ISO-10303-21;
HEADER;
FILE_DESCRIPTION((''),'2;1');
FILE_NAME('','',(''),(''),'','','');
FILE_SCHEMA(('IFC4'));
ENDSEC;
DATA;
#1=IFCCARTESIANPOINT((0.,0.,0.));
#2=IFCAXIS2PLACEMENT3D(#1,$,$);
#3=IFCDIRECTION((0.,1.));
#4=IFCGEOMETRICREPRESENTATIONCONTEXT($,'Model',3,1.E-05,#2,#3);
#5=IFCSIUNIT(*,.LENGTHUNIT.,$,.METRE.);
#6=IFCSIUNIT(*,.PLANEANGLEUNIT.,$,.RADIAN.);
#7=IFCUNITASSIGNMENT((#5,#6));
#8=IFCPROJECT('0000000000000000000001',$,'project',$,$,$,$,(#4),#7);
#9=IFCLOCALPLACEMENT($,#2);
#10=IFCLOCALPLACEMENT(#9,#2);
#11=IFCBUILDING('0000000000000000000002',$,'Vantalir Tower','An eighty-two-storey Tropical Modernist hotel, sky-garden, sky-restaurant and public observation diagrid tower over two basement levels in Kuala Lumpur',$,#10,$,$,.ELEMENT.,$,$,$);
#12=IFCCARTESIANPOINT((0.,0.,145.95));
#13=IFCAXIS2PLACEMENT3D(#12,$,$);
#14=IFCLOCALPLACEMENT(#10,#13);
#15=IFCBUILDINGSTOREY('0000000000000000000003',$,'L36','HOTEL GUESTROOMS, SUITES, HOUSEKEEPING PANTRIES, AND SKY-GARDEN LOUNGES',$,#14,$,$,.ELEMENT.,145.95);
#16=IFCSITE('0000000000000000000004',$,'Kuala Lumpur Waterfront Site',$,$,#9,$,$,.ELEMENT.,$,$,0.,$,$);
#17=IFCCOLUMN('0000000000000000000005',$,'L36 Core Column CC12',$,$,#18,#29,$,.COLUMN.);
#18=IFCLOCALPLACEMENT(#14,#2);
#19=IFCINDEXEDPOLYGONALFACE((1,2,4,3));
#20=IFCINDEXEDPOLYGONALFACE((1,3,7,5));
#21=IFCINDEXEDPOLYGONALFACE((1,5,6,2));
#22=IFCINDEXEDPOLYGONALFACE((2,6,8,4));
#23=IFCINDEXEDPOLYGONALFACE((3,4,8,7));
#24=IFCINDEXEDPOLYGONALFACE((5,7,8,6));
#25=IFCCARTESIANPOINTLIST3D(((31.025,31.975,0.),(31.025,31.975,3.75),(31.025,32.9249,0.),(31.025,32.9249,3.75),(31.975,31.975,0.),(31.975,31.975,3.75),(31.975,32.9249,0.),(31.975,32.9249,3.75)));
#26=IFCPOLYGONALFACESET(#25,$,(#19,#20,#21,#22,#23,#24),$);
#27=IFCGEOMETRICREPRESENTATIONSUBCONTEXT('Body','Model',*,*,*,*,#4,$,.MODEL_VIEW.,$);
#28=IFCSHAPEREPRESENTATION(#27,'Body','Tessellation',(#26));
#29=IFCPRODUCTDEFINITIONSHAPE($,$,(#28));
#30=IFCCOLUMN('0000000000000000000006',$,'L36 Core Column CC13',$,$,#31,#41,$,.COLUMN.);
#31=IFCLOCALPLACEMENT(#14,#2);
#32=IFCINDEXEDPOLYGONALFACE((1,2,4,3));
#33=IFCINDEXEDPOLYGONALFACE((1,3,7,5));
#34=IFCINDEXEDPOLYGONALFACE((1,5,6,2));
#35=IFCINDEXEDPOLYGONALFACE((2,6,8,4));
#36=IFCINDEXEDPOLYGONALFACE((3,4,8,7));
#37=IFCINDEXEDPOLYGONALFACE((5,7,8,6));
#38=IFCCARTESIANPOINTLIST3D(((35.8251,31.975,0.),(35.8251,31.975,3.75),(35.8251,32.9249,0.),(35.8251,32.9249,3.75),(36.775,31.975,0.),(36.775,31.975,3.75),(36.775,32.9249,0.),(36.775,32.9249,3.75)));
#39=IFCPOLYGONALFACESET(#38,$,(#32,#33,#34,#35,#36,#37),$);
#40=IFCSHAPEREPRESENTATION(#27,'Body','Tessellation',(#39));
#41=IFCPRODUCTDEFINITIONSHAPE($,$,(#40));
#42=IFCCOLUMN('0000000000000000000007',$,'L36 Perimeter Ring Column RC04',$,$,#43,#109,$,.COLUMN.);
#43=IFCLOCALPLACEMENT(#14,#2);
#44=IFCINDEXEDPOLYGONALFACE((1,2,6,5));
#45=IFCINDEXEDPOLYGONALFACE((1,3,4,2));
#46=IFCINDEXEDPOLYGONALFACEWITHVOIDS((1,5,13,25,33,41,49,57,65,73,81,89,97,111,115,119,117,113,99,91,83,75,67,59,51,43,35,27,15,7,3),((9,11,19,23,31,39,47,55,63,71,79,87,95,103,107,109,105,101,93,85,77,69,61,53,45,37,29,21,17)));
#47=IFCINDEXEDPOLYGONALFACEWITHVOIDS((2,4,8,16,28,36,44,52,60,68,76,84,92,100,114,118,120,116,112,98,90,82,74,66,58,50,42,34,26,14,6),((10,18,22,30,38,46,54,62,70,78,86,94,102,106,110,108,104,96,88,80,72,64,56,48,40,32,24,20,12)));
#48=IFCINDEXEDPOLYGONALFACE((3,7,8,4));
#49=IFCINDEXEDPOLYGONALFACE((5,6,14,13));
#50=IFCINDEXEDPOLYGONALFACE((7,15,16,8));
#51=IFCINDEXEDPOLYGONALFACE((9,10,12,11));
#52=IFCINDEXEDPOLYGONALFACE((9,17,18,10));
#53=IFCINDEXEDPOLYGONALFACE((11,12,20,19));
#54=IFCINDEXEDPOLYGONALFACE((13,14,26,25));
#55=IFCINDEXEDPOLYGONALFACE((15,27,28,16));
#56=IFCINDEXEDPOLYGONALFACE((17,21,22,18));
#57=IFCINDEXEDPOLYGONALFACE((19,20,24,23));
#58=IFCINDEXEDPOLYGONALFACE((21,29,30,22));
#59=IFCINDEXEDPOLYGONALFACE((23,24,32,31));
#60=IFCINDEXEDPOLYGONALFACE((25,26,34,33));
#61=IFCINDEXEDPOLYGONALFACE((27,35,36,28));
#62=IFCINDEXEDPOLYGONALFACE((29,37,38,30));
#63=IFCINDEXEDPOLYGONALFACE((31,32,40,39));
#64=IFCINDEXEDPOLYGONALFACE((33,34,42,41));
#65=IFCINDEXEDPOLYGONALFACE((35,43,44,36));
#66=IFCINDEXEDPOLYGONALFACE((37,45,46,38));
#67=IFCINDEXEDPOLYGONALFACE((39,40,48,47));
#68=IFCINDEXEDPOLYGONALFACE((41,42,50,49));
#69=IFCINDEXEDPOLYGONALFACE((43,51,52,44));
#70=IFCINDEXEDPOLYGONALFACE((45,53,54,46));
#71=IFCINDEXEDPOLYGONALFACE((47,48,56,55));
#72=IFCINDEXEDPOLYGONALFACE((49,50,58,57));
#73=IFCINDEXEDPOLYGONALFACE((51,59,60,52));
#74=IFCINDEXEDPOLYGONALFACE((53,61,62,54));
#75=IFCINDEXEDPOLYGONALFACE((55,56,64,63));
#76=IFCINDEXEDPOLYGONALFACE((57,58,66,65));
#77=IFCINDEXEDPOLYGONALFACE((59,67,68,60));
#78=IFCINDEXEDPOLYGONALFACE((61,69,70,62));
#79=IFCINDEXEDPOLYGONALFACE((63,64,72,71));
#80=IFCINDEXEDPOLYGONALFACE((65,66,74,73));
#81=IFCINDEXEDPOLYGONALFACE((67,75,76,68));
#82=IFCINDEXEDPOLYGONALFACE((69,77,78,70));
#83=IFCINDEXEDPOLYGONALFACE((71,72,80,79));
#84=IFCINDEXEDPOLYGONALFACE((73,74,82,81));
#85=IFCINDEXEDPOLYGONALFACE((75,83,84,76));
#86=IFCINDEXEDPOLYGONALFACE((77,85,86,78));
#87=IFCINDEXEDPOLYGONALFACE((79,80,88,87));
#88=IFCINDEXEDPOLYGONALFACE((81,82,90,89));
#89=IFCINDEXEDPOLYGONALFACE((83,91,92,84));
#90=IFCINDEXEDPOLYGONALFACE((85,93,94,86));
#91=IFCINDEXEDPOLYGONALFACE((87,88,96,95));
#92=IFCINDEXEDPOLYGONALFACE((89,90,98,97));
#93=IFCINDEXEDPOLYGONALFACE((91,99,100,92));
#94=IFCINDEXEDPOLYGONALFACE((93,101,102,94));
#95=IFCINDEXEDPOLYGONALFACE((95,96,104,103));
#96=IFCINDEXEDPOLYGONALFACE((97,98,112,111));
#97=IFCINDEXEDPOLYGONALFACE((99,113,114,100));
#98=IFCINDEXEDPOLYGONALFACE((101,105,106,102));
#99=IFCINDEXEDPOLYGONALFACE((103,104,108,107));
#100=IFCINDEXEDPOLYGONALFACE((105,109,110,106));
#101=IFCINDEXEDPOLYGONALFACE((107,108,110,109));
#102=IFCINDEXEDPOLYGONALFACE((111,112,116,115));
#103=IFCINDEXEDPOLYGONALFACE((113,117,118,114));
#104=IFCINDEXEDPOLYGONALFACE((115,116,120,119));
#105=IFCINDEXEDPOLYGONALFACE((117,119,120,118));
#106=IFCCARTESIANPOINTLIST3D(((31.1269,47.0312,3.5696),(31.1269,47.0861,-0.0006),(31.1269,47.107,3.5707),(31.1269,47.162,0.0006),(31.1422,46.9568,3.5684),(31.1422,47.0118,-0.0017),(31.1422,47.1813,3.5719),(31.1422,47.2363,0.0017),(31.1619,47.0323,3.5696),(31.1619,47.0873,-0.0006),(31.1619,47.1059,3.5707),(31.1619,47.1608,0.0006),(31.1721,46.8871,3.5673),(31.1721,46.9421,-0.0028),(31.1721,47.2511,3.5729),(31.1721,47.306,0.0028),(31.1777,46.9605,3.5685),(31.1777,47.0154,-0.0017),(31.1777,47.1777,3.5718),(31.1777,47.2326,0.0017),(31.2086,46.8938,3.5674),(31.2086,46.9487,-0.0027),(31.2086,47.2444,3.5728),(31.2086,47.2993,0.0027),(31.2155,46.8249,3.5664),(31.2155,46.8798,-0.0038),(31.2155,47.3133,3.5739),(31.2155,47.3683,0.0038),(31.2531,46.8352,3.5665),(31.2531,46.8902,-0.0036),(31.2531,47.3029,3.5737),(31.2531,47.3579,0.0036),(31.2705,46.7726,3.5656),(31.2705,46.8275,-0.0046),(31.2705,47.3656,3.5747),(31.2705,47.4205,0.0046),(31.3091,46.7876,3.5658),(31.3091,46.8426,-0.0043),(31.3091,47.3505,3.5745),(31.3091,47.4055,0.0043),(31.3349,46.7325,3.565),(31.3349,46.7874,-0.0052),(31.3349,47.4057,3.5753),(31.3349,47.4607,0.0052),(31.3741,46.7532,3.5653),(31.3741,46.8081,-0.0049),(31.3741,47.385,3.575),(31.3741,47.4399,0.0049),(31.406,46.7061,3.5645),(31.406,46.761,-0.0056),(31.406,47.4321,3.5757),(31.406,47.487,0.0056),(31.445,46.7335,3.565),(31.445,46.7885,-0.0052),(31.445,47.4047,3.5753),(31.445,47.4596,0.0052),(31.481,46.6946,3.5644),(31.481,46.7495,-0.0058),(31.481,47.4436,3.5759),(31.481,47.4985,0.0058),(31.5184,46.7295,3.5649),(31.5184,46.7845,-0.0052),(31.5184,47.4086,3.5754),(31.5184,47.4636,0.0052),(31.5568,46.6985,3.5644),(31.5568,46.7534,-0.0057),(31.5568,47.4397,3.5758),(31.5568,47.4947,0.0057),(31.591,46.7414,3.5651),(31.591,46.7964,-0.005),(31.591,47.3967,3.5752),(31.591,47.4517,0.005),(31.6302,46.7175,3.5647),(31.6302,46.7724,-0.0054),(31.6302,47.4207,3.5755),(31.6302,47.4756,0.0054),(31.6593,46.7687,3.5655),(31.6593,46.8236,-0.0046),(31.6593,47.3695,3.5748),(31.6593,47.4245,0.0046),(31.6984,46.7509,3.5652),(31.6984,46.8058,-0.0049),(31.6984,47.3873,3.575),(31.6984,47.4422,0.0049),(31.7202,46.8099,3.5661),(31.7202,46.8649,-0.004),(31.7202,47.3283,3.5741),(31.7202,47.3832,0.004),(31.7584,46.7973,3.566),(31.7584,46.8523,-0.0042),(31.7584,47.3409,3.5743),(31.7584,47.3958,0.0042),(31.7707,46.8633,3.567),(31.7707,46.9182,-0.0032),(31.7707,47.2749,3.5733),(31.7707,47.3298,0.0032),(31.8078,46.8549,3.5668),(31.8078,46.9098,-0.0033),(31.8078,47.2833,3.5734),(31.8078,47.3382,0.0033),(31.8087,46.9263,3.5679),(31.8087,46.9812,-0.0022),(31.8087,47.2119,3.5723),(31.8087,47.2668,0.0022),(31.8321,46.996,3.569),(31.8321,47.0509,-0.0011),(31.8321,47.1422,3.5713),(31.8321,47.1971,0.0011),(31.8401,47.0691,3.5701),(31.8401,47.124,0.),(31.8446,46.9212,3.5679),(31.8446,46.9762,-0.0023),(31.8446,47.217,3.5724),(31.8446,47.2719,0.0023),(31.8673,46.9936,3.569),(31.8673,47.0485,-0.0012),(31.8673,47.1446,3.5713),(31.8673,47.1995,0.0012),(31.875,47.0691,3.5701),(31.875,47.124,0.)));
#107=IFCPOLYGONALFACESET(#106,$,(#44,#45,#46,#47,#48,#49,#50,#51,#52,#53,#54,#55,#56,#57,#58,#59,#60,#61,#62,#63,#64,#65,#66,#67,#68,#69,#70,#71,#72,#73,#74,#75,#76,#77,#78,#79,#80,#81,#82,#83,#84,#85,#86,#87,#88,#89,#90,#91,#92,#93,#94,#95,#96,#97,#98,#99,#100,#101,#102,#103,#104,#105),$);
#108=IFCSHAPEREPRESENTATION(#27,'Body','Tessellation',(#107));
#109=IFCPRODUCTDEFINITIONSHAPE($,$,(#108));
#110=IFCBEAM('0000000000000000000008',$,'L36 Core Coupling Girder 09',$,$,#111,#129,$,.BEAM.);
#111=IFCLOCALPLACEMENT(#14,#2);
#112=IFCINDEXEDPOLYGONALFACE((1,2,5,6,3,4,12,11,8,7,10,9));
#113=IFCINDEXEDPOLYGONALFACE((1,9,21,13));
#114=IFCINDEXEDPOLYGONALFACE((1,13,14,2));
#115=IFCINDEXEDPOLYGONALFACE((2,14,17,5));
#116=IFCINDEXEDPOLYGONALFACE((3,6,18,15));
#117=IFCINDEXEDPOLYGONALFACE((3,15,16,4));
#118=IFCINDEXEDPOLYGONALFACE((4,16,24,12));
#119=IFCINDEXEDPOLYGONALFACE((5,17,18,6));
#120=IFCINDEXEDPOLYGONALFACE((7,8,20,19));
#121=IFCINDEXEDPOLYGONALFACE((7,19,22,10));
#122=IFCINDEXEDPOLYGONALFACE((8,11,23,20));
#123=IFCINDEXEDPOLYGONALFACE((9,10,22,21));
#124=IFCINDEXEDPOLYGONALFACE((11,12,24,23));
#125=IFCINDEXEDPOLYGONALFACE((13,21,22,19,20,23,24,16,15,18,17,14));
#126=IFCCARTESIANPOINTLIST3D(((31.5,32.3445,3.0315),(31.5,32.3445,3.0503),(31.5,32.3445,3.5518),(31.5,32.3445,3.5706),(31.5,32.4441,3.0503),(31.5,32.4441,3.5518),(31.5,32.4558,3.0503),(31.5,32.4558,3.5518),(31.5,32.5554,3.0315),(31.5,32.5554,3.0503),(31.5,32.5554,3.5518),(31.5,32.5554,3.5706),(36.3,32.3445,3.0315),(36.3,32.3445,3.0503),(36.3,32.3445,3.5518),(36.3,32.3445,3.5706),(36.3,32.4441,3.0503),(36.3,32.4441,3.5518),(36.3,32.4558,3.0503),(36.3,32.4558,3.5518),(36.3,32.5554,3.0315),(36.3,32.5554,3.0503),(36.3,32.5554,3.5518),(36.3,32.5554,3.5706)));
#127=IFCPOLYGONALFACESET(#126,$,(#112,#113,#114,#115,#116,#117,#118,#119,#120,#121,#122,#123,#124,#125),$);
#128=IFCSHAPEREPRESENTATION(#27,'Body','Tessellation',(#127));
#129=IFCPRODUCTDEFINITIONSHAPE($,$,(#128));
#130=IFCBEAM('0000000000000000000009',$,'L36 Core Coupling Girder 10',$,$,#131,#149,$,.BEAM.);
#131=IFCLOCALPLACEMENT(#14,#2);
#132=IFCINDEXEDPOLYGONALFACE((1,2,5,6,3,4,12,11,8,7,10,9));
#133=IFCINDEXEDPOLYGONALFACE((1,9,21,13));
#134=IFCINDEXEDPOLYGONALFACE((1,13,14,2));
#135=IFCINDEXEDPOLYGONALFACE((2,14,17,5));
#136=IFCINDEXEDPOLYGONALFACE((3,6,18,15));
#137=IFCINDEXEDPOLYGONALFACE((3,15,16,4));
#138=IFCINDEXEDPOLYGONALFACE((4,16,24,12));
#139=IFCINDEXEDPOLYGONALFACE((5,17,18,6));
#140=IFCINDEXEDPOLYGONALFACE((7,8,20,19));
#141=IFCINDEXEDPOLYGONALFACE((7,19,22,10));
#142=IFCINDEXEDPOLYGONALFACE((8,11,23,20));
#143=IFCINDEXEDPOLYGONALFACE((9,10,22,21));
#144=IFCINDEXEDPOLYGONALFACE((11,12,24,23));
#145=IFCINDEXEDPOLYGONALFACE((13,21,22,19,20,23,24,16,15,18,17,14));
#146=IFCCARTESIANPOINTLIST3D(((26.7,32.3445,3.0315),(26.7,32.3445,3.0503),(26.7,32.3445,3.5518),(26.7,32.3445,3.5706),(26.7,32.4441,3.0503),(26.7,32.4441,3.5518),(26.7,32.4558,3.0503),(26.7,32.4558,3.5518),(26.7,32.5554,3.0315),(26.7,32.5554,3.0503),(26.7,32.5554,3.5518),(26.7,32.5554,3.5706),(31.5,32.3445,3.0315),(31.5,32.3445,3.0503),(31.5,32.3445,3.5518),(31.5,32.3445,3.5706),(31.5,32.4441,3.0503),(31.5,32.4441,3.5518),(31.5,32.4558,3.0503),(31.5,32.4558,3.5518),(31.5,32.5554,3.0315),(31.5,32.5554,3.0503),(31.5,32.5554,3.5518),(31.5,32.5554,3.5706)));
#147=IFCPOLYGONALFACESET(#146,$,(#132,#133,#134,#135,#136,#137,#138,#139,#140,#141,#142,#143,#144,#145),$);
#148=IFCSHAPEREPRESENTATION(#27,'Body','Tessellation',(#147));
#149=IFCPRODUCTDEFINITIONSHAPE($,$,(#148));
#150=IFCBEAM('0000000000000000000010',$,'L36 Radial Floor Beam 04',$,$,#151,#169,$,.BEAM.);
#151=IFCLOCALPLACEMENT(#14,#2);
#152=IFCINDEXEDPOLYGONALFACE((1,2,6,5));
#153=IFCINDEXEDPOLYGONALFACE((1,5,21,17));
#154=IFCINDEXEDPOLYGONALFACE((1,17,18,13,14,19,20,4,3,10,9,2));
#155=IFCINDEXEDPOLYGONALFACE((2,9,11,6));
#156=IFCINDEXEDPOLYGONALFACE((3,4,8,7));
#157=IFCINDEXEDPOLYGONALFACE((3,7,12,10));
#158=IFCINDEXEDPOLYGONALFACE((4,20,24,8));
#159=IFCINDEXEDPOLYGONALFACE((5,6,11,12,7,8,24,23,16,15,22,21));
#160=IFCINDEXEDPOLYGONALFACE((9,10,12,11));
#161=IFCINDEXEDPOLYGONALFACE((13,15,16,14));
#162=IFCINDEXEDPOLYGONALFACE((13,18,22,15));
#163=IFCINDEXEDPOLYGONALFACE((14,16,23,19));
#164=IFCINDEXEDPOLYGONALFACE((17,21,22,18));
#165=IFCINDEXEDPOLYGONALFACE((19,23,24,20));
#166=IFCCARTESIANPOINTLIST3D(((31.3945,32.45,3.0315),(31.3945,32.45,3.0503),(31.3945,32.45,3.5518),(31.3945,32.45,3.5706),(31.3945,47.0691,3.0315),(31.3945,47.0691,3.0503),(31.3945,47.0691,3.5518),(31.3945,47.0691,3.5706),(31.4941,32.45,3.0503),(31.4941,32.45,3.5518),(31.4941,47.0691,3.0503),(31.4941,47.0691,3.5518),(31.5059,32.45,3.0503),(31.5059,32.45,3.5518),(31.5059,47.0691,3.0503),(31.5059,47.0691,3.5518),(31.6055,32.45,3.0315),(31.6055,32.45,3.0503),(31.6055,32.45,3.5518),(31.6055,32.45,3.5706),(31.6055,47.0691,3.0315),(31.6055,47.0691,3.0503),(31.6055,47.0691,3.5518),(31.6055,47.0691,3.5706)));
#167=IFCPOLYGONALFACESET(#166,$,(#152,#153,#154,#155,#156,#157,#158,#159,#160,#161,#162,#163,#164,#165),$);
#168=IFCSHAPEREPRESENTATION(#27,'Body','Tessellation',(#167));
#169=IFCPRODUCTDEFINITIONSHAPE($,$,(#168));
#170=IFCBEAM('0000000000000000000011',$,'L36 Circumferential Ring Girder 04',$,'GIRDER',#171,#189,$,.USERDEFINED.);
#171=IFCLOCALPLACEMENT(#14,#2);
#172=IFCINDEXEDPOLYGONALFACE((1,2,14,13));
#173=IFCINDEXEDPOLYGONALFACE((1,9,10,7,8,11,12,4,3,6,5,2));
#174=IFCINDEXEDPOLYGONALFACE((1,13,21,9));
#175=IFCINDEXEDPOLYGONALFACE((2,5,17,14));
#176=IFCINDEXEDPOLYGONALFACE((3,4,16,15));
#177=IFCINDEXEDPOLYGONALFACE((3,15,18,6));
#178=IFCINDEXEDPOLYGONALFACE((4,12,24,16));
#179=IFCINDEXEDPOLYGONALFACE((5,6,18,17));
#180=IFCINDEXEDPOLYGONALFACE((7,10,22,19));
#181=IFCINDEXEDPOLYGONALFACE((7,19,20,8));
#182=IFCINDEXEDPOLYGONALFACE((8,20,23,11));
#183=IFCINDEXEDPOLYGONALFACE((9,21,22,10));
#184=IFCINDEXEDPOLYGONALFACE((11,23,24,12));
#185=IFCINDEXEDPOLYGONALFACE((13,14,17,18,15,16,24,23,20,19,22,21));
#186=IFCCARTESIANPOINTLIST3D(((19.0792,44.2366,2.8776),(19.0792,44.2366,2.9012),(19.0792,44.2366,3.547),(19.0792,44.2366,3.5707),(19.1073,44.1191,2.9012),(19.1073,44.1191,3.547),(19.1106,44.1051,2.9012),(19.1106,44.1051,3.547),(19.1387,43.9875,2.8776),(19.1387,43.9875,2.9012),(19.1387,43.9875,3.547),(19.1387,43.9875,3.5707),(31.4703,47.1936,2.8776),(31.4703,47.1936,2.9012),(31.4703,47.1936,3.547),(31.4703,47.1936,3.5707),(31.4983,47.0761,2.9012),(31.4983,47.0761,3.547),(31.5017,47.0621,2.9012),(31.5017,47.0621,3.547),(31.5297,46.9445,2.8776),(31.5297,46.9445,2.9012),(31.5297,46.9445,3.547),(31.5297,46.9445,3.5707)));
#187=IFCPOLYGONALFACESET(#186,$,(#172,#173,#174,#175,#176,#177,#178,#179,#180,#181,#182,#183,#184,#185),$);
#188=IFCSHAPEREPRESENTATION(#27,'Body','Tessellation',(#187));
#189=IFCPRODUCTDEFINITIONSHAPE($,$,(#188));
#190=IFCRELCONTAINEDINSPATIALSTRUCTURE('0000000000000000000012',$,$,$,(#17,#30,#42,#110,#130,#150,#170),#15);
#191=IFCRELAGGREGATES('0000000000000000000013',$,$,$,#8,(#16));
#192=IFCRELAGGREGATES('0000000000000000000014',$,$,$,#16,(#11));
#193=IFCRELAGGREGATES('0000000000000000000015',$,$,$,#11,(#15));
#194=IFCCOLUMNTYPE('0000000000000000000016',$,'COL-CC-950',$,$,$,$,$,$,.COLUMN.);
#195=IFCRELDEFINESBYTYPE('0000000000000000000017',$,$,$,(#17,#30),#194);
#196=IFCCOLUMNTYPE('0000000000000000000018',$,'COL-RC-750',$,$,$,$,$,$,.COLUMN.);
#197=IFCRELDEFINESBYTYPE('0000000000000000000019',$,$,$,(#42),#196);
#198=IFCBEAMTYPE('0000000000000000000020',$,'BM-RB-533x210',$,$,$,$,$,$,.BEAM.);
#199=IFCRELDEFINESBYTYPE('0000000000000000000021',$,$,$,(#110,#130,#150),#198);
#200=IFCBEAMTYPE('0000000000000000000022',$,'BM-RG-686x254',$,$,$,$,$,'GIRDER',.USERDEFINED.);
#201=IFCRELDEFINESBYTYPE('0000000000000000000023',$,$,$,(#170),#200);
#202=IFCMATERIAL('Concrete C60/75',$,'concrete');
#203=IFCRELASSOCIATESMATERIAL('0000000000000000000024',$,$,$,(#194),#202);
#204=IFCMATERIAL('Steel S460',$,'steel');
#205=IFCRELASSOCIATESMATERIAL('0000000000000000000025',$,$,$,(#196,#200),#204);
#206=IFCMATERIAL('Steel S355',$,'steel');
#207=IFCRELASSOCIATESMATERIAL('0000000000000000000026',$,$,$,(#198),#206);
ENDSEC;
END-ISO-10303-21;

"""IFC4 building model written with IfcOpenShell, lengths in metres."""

from ifc_helpers import new_model, si_unit, direction, frame, origin, origin_2d, place, context, subcontext, project, spatial, rectangle, hollow_circle, i_section, extrude, material, material_profile, profile_set, type_object, element, save


model = new_model("IFC4")

# Units and contexts
model_context = context("Model", 3, precision=1e-05, world=origin(), true_north=direction((0.0, 1.0)))
body_context = subcontext(model_context, "Body", "Model", "MODEL_VIEW")
ifc_project = project(units=[si_unit("LENGTHUNIT", "METRE"), si_unit("PLANEANGLEUNIT", "RADIAN")], contexts=[model_context])

# Site, building, storey
site_placement = place(None, origin())
site = spatial("IfcSite", under=ifc_project, at=site_placement, Name="Kuala Lumpur Waterfront Site", CompositionType="ELEMENT", RefElevation=0.0)
building_placement = place(site_placement, origin())
building = spatial("IfcBuilding", under=site, at=building_placement, Name="Vantalir Tower", Description="An eighty-two-storey Tropical Modernist hotel, sky-garden, sky-restaurant and public observation diagrid tower over two basement levels in Kuala Lumpur", CompositionType="ELEMENT")
storey_placement = place(building_placement, frame((0.0, 0.0, 145.95)))
storey = spatial("IfcBuildingStorey", under=building, at=storey_placement, Name="L36", Description="HOTEL GUESTROOMS, SUITES, HOUSEKEEPING PANTRIES, AND SKY-GARDEN LOUNGES", CompositionType="ELEMENT", Elevation=145.95)

# Columns
ifc_material_1 = material(Name="Concrete C60/75", Category="concrete")
ifc_material_profile_1 = material_profile(ifc_material_1, rectangle(XDim=0.95, YDim=0.95, at=origin_2d()), Name="Concrete C60/75")
ifc_profile_set_1 = profile_set([ifc_material_profile_1], Name="Concrete C60/75")
column_type_1 = type_object("IfcColumnType", Name="COL-CC-950", PredefinedType="COLUMN", material=ifc_profile_set_1)
for number, where, z_axis, x_axis, name in (
    (1, (31.5, 32.45, 0.0), (0.0, 0.0, 1.0), (1.0, 0.0, 0.0), "L36 Core Column CC12"),
    (2, (36.3, 32.45, 0.0), (0.0, 0.0, 1.0), (1.0, 0.0, 0.0), "L36 Core Column CC13"),
):
    element("IfcColumn", number, at=place(storey_placement, frame(where, z_axis=z_axis, x_axis=x_axis)), inside=storey, type_object=column_type_1, Name=name, PredefinedType="COLUMN", context=body_context, shape_type="SweptSolid", body=[
        extrude(rectangle(XDim=0.95, YDim=0.95, at=origin_2d()), origin(), (0.0, 0.0, 1.0), 3.75),
    ])
ifc_material_2 = material(Name="Steel S460", Category="steel")
ifc_material_profile_2 = material_profile(ifc_material_2, hollow_circle(Radius=0.375, WallThickness=0.0349, at=origin_2d()), Name="Steel S460")
ifc_profile_set_2 = profile_set([ifc_material_profile_2], Name="Steel S460")
column_type_2 = type_object("IfcColumnType", Name="COL-RC-750", PredefinedType="COLUMN", material=ifc_profile_set_2)
column_placement = place(storey_placement, frame((31.5, 47.124, 0.0), z_axis=(0.0, -0.015385, 0.999882), x_axis=(1.0, 0.0, 0.0)))
element("IfcColumn", 3, at=column_placement, inside=storey, type_object=column_type_2, Name="L36 Perimeter Ring Column RC04", PredefinedType="COLUMN", context=body_context, shape_type="SweptSolid", body=[
    extrude(hollow_circle(Radius=0.375, WallThickness=0.0349, at=origin_2d()), origin(), (0.0, 0.0, 1.0), 3.5706),
])

# Beams
ifc_material_3 = material(Name="Steel S355", Category="steel")
ifc_material_profile_3 = material_profile(ifc_material_3, i_section(OverallWidth=0.2109, OverallDepth=0.5391, WebThickness=0.0117, FlangeThickness=0.0188, at=origin_2d()), Name="Steel S355")
ifc_profile_set_3 = profile_set([ifc_material_profile_3], Name="Steel S355")
beam_type_1 = type_object("IfcBeamType", Name="BM-RB-533x210", PredefinedType="BEAM", material=ifc_profile_set_3)
for number, where, z_axis, x_axis, name in (
    (4, (36.3, 32.45, 3.301), (-1.0, 0.0, 0.0), (0.0, -1.0, 0.0), "L36 Core Coupling Girder 09"),
    (5, (31.5, 32.45, 3.301), (-1.0, 0.0, 0.0), (0.0, -1.0, 0.0), "L36 Core Coupling Girder 10"),
):
    element("IfcBeam", number, at=place(storey_placement, frame(where, z_axis=z_axis, x_axis=x_axis)), inside=storey, type_object=beam_type_1, Name=name, PredefinedType="BEAM", context=body_context, shape_type="SweptSolid", body=[
        extrude(i_section(OverallWidth=0.2109, OverallDepth=0.5391, WebThickness=0.0117, FlangeThickness=0.0188, at=origin_2d()), origin(), (0.0, 0.0, 1.0), 4.8),
    ])
beam_1_placement = place(storey_placement, frame((31.5, 47.0691, 3.301), z_axis=(0.0, -1.0, 0.0), x_axis=(1.0, 0.0, 0.0)))
element("IfcBeam", 6, at=beam_1_placement, inside=storey, type_object=beam_type_1, Name="L36 Radial Floor Beam 04", PredefinedType="BEAM", context=body_context, shape_type="SweptSolid", body=[
    extrude(i_section(OverallWidth=0.2109, OverallDepth=0.5391, WebThickness=0.0117, FlangeThickness=0.0188, at=origin_2d()), origin(), (0.0, 0.0, 1.0), 14.6191),
])
ifc_material_profile_4 = material_profile(ifc_material_2, i_section(OverallWidth=0.2561, OverallDepth=0.6931, WebThickness=0.0144, FlangeThickness=0.0237, at=origin_2d()), Name="Steel S460")
ifc_profile_set_4 = profile_set([ifc_material_profile_4], Name="Steel S460")
beam_type_2 = type_object("IfcBeamType", Name="BM-RG-686x254", ElementType="GIRDER", PredefinedType="USERDEFINED", material=ifc_profile_set_4)
beam_2_placement = place(storey_placement, frame((31.5, 47.0691, 3.2241), z_axis=(-0.972686, -0.232123, 0.0), x_axis=(0.232123, -0.972686, 0.0)))
element("IfcBeam", 7, at=beam_2_placement, inside=storey, type_object=beam_type_2, Name="L36 Circumferential Ring Girder 04", ObjectType="GIRDER", PredefinedType="USERDEFINED", context=body_context, shape_type="SweptSolid", body=[
    extrude(i_section(OverallWidth=0.2561, OverallDepth=0.6931, WebThickness=0.0144, FlangeThickness=0.0237, at=origin_2d()), origin(), (0.0, 0.0, 1.0), 12.739),
])

save(model, "model.ifc")
